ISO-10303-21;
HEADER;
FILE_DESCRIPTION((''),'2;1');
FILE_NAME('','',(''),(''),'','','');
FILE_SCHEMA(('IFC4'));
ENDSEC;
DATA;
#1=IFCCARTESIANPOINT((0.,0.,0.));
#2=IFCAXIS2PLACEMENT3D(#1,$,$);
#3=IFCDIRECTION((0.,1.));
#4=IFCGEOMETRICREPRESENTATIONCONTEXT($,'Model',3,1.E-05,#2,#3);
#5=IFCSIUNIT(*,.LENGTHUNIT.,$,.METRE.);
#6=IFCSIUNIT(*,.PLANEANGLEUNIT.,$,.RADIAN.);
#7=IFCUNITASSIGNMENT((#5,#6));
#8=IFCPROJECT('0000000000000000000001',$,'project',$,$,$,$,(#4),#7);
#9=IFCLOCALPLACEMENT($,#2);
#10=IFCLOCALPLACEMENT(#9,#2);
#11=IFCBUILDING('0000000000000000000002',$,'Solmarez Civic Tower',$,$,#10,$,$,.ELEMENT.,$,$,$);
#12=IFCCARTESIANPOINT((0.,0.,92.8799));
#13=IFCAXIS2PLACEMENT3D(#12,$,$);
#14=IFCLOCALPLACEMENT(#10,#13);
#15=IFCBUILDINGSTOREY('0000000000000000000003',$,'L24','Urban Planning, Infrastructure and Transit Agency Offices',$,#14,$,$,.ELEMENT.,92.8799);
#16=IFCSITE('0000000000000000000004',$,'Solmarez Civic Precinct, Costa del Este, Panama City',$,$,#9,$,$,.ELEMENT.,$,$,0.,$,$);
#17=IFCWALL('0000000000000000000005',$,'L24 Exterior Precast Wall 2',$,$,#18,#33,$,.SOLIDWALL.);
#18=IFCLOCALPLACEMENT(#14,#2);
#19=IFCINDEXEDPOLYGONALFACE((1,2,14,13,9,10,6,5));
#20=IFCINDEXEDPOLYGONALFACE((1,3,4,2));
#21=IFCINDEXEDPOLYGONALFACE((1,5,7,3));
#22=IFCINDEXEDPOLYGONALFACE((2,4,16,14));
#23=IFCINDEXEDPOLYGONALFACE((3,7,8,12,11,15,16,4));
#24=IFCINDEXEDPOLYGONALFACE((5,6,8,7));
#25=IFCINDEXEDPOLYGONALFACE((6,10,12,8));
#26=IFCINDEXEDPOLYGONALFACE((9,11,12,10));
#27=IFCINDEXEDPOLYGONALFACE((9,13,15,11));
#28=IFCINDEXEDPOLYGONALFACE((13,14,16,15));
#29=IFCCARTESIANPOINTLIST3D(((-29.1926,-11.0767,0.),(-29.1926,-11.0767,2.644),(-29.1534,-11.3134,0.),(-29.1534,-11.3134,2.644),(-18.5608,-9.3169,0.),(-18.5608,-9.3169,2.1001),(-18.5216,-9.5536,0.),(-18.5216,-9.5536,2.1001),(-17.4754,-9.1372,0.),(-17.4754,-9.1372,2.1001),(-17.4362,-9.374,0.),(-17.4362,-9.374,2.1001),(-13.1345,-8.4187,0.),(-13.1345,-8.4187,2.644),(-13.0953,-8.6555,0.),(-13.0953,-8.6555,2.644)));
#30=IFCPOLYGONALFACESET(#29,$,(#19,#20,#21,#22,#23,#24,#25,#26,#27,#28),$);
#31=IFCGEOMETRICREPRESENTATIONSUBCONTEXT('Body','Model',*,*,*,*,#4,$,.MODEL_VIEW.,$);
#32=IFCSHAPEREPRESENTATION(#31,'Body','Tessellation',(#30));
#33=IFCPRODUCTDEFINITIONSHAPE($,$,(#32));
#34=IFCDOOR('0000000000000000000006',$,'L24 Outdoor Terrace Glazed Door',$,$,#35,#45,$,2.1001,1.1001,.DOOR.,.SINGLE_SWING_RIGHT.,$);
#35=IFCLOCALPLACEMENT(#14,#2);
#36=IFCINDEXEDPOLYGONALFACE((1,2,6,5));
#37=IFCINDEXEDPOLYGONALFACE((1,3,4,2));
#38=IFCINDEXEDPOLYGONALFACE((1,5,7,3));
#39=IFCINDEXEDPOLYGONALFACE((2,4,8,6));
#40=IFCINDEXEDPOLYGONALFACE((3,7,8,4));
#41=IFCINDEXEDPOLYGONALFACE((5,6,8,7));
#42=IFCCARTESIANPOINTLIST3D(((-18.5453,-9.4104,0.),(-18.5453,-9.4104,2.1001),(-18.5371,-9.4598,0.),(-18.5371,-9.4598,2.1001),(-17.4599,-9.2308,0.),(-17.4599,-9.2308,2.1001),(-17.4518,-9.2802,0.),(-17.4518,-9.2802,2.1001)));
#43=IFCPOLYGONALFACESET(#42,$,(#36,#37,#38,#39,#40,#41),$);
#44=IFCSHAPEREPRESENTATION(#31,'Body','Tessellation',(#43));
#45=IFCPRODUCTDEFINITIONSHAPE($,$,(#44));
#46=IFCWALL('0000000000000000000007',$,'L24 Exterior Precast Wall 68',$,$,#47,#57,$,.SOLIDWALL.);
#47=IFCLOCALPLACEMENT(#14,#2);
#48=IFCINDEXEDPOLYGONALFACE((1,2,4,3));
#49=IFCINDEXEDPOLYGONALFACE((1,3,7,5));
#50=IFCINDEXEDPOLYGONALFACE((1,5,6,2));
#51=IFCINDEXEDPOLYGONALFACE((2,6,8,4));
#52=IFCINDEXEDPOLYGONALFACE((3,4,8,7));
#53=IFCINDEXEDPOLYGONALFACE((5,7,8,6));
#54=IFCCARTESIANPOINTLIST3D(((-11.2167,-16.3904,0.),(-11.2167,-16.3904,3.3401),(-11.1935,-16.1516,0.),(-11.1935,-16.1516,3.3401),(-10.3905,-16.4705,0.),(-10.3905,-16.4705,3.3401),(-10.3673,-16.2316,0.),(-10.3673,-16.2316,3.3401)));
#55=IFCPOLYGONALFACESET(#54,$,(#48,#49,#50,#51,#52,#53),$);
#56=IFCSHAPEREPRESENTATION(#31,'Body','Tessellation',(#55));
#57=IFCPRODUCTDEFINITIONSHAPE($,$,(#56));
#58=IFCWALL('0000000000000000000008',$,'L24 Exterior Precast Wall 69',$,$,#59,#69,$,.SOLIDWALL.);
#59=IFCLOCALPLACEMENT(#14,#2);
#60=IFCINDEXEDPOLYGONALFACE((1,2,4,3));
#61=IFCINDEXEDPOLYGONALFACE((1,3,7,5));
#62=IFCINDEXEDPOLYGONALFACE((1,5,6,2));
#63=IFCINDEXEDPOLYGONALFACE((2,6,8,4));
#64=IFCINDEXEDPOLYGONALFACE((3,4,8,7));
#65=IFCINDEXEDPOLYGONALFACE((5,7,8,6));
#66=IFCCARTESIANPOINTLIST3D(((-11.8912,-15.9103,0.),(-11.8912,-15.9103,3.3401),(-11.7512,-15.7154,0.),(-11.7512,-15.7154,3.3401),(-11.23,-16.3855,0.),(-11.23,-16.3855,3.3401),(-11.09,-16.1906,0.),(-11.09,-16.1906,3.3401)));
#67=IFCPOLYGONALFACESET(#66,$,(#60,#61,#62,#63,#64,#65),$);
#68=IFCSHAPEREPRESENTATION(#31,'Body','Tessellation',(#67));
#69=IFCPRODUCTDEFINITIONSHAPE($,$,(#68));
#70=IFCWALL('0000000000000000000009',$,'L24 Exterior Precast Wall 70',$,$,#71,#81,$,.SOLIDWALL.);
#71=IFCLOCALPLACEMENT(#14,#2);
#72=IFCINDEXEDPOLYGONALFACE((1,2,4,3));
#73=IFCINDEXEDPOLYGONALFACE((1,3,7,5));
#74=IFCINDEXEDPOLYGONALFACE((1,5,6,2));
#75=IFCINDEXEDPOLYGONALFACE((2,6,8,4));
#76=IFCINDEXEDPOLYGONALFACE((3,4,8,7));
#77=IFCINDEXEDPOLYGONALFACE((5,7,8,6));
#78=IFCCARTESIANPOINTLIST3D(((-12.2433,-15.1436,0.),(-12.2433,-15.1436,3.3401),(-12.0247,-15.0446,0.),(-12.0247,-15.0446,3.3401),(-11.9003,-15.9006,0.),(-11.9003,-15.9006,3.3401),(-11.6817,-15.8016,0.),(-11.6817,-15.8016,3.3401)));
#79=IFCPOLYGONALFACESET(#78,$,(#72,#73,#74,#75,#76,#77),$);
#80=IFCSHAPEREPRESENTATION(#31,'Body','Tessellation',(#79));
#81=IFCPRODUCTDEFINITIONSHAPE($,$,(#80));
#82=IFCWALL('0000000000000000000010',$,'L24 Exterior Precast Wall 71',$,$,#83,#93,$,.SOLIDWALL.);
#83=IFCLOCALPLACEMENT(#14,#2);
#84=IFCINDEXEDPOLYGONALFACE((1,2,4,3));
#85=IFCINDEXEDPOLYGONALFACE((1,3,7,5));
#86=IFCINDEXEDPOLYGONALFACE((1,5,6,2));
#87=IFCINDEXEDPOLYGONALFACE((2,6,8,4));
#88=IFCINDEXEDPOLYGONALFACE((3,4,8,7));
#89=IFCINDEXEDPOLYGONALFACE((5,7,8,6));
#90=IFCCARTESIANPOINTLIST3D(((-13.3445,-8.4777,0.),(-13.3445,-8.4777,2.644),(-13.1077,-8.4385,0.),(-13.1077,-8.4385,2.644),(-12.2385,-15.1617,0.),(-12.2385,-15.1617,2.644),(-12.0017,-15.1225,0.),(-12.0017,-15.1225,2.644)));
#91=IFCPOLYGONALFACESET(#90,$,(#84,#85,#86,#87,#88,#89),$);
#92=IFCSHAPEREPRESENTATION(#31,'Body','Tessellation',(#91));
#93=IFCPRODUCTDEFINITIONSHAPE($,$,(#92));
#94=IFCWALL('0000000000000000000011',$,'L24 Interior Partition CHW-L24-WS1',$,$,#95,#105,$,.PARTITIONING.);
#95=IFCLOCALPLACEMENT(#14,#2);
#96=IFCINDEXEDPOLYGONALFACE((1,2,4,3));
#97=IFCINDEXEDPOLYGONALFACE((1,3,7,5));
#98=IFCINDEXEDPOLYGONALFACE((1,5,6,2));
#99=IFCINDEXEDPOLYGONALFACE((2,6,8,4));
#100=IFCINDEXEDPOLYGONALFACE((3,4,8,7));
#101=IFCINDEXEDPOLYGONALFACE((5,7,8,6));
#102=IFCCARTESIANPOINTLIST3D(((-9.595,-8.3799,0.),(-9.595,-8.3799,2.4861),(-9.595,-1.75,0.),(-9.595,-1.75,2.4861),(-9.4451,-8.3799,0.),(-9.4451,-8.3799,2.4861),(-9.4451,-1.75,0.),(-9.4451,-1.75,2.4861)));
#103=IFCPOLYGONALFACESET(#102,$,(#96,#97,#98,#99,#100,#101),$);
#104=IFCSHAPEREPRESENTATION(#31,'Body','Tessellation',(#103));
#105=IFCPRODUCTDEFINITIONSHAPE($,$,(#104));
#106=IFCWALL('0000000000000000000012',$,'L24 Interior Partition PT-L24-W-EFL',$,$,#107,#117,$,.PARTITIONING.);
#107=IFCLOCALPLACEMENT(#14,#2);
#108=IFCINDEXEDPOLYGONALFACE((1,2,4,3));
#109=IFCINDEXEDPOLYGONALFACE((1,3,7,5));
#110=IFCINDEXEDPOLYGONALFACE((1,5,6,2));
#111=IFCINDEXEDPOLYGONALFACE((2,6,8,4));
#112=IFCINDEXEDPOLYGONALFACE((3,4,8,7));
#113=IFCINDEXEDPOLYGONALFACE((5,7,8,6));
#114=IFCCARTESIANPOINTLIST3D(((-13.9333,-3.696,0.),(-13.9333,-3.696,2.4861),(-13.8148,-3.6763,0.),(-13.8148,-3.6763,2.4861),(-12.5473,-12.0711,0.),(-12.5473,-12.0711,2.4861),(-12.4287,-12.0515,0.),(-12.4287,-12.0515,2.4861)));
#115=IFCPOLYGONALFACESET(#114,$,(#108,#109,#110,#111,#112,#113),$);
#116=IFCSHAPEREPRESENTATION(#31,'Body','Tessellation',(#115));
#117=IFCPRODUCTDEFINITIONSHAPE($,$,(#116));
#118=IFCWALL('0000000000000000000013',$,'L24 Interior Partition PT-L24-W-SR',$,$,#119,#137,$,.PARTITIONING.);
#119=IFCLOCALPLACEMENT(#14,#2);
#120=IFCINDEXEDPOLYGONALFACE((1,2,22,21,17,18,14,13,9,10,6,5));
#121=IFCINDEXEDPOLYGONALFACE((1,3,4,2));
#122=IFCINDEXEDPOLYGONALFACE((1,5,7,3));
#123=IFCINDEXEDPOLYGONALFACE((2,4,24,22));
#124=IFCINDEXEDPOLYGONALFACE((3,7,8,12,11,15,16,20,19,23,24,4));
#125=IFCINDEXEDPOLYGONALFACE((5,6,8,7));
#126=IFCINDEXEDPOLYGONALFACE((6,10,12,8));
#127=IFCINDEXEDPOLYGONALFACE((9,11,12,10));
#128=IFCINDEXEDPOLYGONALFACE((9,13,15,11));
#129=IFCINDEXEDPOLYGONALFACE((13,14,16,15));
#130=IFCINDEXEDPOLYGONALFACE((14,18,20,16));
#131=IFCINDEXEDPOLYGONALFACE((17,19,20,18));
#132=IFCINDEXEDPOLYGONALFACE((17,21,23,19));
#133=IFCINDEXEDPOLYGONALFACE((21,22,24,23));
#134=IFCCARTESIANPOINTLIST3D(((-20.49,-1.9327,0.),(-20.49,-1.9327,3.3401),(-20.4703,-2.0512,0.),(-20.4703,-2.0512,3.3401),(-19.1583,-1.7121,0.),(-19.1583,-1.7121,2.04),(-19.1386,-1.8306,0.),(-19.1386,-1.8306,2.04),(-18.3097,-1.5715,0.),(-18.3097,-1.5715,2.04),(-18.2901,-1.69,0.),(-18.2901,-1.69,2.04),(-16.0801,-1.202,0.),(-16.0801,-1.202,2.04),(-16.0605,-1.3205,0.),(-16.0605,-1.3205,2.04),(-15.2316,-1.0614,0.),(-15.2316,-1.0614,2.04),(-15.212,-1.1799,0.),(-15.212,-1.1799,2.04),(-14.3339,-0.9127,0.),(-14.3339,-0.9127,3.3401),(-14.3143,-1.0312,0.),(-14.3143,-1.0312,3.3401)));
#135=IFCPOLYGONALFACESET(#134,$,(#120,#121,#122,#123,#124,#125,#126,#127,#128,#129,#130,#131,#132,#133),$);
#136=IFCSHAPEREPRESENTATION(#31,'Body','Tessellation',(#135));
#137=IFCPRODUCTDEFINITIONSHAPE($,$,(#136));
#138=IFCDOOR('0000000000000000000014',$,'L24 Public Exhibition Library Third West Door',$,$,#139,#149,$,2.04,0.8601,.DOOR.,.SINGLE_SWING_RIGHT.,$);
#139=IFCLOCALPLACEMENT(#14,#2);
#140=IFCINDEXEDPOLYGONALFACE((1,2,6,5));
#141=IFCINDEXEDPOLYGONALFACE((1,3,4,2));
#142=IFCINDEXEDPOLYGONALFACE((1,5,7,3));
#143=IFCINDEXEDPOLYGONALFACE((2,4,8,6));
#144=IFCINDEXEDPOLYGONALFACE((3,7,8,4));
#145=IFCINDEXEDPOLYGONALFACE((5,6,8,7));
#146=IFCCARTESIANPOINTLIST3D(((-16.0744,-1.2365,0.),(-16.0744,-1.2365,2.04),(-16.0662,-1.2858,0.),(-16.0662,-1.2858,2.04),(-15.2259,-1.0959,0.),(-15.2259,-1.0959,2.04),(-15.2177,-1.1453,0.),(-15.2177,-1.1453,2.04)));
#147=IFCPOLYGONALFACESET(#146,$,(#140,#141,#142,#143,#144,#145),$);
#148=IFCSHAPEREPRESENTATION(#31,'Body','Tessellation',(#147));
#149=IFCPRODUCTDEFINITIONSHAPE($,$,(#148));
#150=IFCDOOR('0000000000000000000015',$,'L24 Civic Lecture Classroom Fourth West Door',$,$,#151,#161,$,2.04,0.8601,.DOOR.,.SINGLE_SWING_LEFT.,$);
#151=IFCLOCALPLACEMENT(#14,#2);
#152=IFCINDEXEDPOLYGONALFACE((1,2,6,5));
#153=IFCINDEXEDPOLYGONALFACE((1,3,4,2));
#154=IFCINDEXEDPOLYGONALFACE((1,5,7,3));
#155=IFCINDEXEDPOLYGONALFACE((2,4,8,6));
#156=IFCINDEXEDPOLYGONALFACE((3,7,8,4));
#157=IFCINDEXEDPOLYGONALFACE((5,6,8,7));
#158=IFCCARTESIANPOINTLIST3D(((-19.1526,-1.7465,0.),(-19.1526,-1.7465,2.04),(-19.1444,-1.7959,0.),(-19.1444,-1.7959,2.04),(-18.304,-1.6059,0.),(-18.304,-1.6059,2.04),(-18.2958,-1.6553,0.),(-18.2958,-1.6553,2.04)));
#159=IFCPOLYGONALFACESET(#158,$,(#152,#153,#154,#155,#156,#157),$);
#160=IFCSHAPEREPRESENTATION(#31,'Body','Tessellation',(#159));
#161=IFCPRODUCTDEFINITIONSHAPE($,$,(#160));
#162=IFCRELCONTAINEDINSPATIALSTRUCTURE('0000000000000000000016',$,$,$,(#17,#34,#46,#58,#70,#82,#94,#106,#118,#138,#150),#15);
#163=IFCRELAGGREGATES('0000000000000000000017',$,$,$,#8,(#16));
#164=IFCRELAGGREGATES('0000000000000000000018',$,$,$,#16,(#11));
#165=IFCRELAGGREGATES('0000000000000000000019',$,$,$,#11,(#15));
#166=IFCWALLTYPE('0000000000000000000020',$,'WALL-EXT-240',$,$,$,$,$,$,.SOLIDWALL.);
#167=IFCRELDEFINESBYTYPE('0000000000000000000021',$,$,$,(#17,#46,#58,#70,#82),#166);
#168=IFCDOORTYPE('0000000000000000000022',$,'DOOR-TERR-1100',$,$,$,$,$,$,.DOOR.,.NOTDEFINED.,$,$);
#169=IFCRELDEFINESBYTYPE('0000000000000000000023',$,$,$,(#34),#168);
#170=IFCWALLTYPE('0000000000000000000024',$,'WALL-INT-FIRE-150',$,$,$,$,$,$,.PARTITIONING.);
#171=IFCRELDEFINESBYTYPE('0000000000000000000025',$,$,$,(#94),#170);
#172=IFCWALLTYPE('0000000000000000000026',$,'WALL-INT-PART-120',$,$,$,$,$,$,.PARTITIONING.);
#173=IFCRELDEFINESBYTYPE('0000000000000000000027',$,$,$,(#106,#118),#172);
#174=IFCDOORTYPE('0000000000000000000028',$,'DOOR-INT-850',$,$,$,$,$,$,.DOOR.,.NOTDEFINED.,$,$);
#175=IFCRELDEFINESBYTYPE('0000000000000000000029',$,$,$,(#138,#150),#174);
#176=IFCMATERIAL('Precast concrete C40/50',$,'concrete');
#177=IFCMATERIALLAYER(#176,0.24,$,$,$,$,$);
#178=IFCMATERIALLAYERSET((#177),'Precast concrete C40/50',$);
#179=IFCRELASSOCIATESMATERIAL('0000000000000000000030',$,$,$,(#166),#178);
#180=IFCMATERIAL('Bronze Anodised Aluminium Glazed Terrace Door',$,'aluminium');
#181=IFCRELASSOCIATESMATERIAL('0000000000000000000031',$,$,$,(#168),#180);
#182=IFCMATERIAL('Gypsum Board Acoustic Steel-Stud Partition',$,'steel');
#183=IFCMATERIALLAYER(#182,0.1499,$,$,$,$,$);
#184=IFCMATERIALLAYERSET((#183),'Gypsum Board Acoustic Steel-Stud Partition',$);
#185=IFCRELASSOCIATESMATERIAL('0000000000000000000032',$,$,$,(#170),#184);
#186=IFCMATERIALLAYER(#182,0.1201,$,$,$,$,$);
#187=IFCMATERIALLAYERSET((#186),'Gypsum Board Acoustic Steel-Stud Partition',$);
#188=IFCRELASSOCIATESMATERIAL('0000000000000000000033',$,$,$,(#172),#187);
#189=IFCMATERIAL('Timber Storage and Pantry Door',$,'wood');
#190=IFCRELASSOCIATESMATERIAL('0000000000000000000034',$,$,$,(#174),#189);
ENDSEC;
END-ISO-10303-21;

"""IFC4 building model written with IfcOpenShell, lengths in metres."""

from ifc_helpers import new_model, si_unit, direction, frame, frame_2d, origin, place, context, subcontext, project, spatial, rectangle, extrude, material, layer, layer_set, type_object, element, fill, save


model = new_model("IFC4")

# Units and contexts
model_context = context("Model", 3, precision=1e-05, world=origin(), true_north=direction((0.0, 1.0)))
body_context = subcontext(model_context, "Body", "Model", "MODEL_VIEW")
ifc_project = project(units=[si_unit("LENGTHUNIT", "METRE"), si_unit("PLANEANGLEUNIT", "RADIAN")], contexts=[model_context])

# Site, building, storey
site_placement = place(None, origin())
site = spatial("IfcSite", under=ifc_project, at=site_placement, Name="Solmarez Civic Precinct, Costa del Este, Panama City", CompositionType="ELEMENT", RefElevation=0.0)
building_placement = place(site_placement, origin())
building = spatial("IfcBuilding", under=site, at=building_placement, Name="Solmarez Civic Tower", CompositionType="ELEMENT")
storey_placement = place(building_placement, frame((0.0, 0.0, 92.8799)))
storey = spatial("IfcBuildingStorey", under=building, at=storey_placement, Name="L24", Description="Urban Planning, Infrastructure and Transit Agency Offices", CompositionType="ELEMENT", Elevation=92.8799)

# Wall, opening, door
ifc_material_1 = material(Name="Precast concrete C40/50", Category="concrete")
ifc_layer_1 = layer(ifc_material_1, 0.24)
ifc_layer_set_1 = layer_set([ifc_layer_1], Name="Precast concrete C40/50")
wall_type_1 = type_object("IfcWallType", Name="WALL-EXT-240", PredefinedType="SOLIDWALL", material=ifc_layer_set_1)
wall_1_placement = place(storey_placement, frame((-13.115, -8.5371, 0.0), z_axis=(0.0, 0.0, 1.0), x_axis=(-0.986577, -0.163299, 0.0)))
wall_1 = element("IfcWall", 1, at=wall_1_placement, inside=storey, type_object=wall_type_1, Name="L24 Exterior Precast Wall 2", PredefinedType="SOLIDWALL", context=body_context, shape_type="SweptSolid", body=[
    extrude(rectangle(XDim=16.2766, YDim=0.24, at=frame_2d((8.1382, 0.0))), origin(), (0.0, 0.0, 1.0), 2.644),
])
opening_1_placement = place(wall_1_placement, frame((4.3999, 0.0, 0.0)))
opening_1 = element("IfcOpeningElement", 2, at=opening_1_placement, cuts=wall_1, PredefinedType="OPENING", context=body_context, shape_type="SweptSolid", body=[
    extrude(rectangle(XDim=1.1001, YDim=2.1001, at=frame_2d((0.55, 1.05))), frame((0.0, 0.1299, 0.0), z_axis=(0.0, -1.0, 0.0), x_axis=(1.0, 0.0, 0.0)), (0.0, 0.0, 1.0), 0.26),
])
ifc_material_2 = material(Name="Bronze Anodised Aluminium Glazed Terrace Door", Category="aluminium")
door_type_1 = type_object("IfcDoorType", Name="DOOR-TERR-1100", OperationType="NOTDEFINED", PredefinedType="DOOR", material=ifc_material_2)
door_1_placement = place(opening_1_placement, origin())
door_1 = element("IfcDoor", 3, at=door_1_placement, inside=storey, type_object=door_type_1, Name="L24 Outdoor Terrace Glazed Door", OperationType="SINGLE_SWING_RIGHT", OverallHeight=2.1001, OverallWidth=1.1001, PredefinedType="DOOR", context=body_context, shape_type="SweptSolid", body=[
    extrude(rectangle(XDim=1.1001, YDim=2.1001, at=frame_2d((0.55, 1.05))), frame((0.0, 0.0249, 0.0), z_axis=(0.0, -1.0, 0.0), x_axis=(1.0, 0.0, 0.0)), (0.0, 0.0, 1.0), 0.05),
])
fill(opening_1, door_1)

# Walls
wall_2_placement = place(storey_placement, frame((-10.3789, -16.3511, 0.0), z_axis=(0.0, 0.0, 1.0), x_axis=(-0.995335, 0.096475, 0.0)))
element("IfcWall", 4, at=wall_2_placement, inside=storey, type_object=wall_type_1, Name="L24 Exterior Precast Wall 68", PredefinedType="SOLIDWALL", context=body_context, shape_type="SweptSolid", body=[
    extrude(rectangle(XDim=0.8301, YDim=0.24, at=frame_2d((0.415, 0.0))), origin(), (0.0, 0.0, 1.0), 3.3401),
])
wall_3_placement = place(storey_placement, frame((-11.1599, -16.2881, 0.0), z_axis=(0.0, 0.0, 1.0), x_axis=(-0.812069, 0.583562, 0.0)))
element("IfcWall", 5, at=wall_3_placement, inside=storey, type_object=wall_type_1, Name="L24 Exterior Precast Wall 69", PredefinedType="SOLIDWALL", context=body_context, shape_type="SweptSolid", body=[
    extrude(rectangle(XDim=0.8142, YDim=0.24, at=frame_2d((0.4072, 0.0))), origin(), (0.0, 0.0, 1.0), 3.3401),
])
wall_4_placement = place(storey_placement, frame((-11.791, -15.8511, 0.0), z_axis=(0.0, 0.0, 1.0), x_axis=(-0.412696, 0.910869, 0.0)))
element("IfcWall", 6, at=wall_4_placement, inside=storey, type_object=wall_type_1, Name="L24 Exterior Precast Wall 70", PredefinedType="SOLIDWALL", context=body_context, shape_type="SweptSolid", body=[
    extrude(rectangle(XDim=0.8311, YDim=0.24, at=frame_2d((0.4155, 0.0))), origin(), (0.0, 0.0, 1.0), 3.3401),
])
wall_5_placement = place(storey_placement, frame((-12.1201, -15.1421, 0.0), z_axis=(0.0, 0.0, 1.0), x_axis=(-0.163242, 0.986586, 0.0)))
element("IfcWall", 7, at=wall_5_placement, inside=storey, type_object=wall_type_1, Name="L24 Exterior Precast Wall 71", PredefinedType="SOLIDWALL", context=body_context, shape_type="SweptSolid", body=[
    extrude(rectangle(XDim=6.7749, YDim=0.24, at=frame_2d((3.3875, 0.0))), origin(), (0.0, 0.0, 1.0), 2.644),
])
ifc_material_3 = material(Name="Gypsum Board Acoustic Steel-Stud Partition", Category="steel")
ifc_layer_2 = layer(ifc_material_3, 0.1499)
ifc_layer_set_2 = layer_set([ifc_layer_2], Name="Gypsum Board Acoustic Steel-Stud Partition")
wall_type_2 = type_object("IfcWallType", Name="WALL-INT-FIRE-150", PredefinedType="PARTITIONING", material=ifc_layer_set_2)
wall_6_placement = place(storey_placement, frame((-9.52, -8.3799, 0.0), z_axis=(0.0, 0.0, 1.0), x_axis=(0.0, 1.0, 0.0)))
element("IfcWall", 8, at=wall_6_placement, inside=storey, type_object=wall_type_2, Name="L24 Interior Partition CHW-L24-WS1", PredefinedType="PARTITIONING", context=body_context, shape_type="SweptSolid", body=[
    extrude(rectangle(XDim=6.6299, YDim=0.1499, at=frame_2d((3.3149, 0.0))), origin(), (0.0, 0.0, 1.0), 2.4861),
])
ifc_layer_3 = layer(ifc_material_3, 0.1201)
ifc_layer_set_3 = layer_set([ifc_layer_3], Name="Gypsum Board Acoustic Steel-Stud Partition")
wall_type_3 = type_object("IfcWallType", Name="WALL-INT-PART-120", PredefinedType="PARTITIONING", material=ifc_layer_set_3)
wall_7_placement = place(storey_placement, frame((-13.874, -3.686, 0.0), z_axis=(0.0, 0.0, 1.0), x_axis=(0.16327, -0.986581, 0.0)))
element("IfcWall", 9, at=wall_7_placement, inside=storey, type_object=wall_type_3, Name="L24 Interior Partition PT-L24-W-EFL", PredefinedType="PARTITIONING", context=body_context, shape_type="SweptSolid", body=[
    extrude(rectangle(XDim=8.489, YDim=0.1201, at=frame_2d((4.2446, 0.0))), origin(), (0.0, 0.0, 1.0), 2.4861),
])

# Wall, openings, doors
wall_8_placement = place(storey_placement, frame((-14.324, -0.9719, 0.0), z_axis=(0.0, 0.0, 1.0), x_axis=(-0.986549, -0.163466, 0.0)))
wall_8 = element("IfcWall", 10, at=wall_8_placement, inside=storey, type_object=wall_type_3, Name="L24 Interior Partition PT-L24-W-SR", PredefinedType="PARTITIONING", context=body_context, shape_type="SweptSolid", body=[
    extrude(rectangle(XDim=6.24, YDim=0.1201, at=frame_2d((3.1201, 0.0))), origin(), (0.0, 0.0, 1.0), 3.3401),
])
opening_2_placement = place(wall_8_placement, frame((0.9099, 0.0, 0.0)))
opening_2 = element("IfcOpeningElement", 11, at=opening_2_placement, cuts=wall_8, PredefinedType="OPENING", context=body_context, shape_type="SweptSolid", body=[
    extrude(rectangle(XDim=0.8601, YDim=2.04, at=frame_2d((0.4302, 1.02))), frame((0.0, 0.0701, 0.0), z_axis=(0.0, -1.0, 0.0), x_axis=(1.0, 0.0, 0.0)), (0.0, 0.0, 1.0), 0.1401),
])
opening_3_placement = place(wall_8_placement, frame((4.03, 0.0, 0.0)))
opening_3 = element("IfcOpeningElement", 12, at=opening_3_placement, cuts=wall_8, PredefinedType="OPENING", context=body_context, shape_type="SweptSolid", body=[
    extrude(rectangle(XDim=0.8601, YDim=2.04, at=frame_2d((0.4302, 1.02))), frame((0.0, 0.0701, 0.0), z_axis=(0.0, -1.0, 0.0), x_axis=(1.0, 0.0, 0.0)), (0.0, 0.0, 1.0), 0.1401),
])
ifc_material_4 = material(Name="Timber Storage and Pantry Door", Category="wood")
door_type_2 = type_object("IfcDoorType", Name="DOOR-INT-850", OperationType="NOTDEFINED", PredefinedType="DOOR", material=ifc_material_4)
door_2_placement = place(opening_2_placement, origin())
door_2 = element("IfcDoor", 13, at=door_2_placement, inside=storey, type_object=door_type_2, Name="L24 Public Exhibition Library Third West Door", OperationType="SINGLE_SWING_RIGHT", OverallHeight=2.04, OverallWidth=0.8601, PredefinedType="DOOR", context=body_context, shape_type="SweptSolid", body=[
    extrude(rectangle(XDim=0.8601, YDim=2.04, at=frame_2d((0.4302, 1.02))), frame((0.0, 0.0249, 0.0), z_axis=(0.0, -1.0, 0.0), x_axis=(1.0, 0.0, 0.0)), (0.0, 0.0, 1.0), 0.05),
])
fill(opening_2, door_2)
door_3_placement = place(opening_3_placement, origin())
door_3 = element("IfcDoor", 14, at=door_3_placement, inside=storey, type_object=door_type_2, Name="L24 Civic Lecture Classroom Fourth West Door", OperationType="SINGLE_SWING_LEFT", OverallHeight=2.04, OverallWidth=0.8601, PredefinedType="DOOR", context=body_context, shape_type="SweptSolid", body=[
    extrude(rectangle(XDim=0.8601, YDim=2.04, at=frame_2d((0.4302, 1.02))), frame((0.0, 0.0249, 0.0), z_axis=(0.0, -1.0, 0.0), x_axis=(1.0, 0.0, 0.0)), (0.0, 0.0, 1.0), 0.05),
])
fill(opening_3, door_3)

save(model, "model.ifc")
